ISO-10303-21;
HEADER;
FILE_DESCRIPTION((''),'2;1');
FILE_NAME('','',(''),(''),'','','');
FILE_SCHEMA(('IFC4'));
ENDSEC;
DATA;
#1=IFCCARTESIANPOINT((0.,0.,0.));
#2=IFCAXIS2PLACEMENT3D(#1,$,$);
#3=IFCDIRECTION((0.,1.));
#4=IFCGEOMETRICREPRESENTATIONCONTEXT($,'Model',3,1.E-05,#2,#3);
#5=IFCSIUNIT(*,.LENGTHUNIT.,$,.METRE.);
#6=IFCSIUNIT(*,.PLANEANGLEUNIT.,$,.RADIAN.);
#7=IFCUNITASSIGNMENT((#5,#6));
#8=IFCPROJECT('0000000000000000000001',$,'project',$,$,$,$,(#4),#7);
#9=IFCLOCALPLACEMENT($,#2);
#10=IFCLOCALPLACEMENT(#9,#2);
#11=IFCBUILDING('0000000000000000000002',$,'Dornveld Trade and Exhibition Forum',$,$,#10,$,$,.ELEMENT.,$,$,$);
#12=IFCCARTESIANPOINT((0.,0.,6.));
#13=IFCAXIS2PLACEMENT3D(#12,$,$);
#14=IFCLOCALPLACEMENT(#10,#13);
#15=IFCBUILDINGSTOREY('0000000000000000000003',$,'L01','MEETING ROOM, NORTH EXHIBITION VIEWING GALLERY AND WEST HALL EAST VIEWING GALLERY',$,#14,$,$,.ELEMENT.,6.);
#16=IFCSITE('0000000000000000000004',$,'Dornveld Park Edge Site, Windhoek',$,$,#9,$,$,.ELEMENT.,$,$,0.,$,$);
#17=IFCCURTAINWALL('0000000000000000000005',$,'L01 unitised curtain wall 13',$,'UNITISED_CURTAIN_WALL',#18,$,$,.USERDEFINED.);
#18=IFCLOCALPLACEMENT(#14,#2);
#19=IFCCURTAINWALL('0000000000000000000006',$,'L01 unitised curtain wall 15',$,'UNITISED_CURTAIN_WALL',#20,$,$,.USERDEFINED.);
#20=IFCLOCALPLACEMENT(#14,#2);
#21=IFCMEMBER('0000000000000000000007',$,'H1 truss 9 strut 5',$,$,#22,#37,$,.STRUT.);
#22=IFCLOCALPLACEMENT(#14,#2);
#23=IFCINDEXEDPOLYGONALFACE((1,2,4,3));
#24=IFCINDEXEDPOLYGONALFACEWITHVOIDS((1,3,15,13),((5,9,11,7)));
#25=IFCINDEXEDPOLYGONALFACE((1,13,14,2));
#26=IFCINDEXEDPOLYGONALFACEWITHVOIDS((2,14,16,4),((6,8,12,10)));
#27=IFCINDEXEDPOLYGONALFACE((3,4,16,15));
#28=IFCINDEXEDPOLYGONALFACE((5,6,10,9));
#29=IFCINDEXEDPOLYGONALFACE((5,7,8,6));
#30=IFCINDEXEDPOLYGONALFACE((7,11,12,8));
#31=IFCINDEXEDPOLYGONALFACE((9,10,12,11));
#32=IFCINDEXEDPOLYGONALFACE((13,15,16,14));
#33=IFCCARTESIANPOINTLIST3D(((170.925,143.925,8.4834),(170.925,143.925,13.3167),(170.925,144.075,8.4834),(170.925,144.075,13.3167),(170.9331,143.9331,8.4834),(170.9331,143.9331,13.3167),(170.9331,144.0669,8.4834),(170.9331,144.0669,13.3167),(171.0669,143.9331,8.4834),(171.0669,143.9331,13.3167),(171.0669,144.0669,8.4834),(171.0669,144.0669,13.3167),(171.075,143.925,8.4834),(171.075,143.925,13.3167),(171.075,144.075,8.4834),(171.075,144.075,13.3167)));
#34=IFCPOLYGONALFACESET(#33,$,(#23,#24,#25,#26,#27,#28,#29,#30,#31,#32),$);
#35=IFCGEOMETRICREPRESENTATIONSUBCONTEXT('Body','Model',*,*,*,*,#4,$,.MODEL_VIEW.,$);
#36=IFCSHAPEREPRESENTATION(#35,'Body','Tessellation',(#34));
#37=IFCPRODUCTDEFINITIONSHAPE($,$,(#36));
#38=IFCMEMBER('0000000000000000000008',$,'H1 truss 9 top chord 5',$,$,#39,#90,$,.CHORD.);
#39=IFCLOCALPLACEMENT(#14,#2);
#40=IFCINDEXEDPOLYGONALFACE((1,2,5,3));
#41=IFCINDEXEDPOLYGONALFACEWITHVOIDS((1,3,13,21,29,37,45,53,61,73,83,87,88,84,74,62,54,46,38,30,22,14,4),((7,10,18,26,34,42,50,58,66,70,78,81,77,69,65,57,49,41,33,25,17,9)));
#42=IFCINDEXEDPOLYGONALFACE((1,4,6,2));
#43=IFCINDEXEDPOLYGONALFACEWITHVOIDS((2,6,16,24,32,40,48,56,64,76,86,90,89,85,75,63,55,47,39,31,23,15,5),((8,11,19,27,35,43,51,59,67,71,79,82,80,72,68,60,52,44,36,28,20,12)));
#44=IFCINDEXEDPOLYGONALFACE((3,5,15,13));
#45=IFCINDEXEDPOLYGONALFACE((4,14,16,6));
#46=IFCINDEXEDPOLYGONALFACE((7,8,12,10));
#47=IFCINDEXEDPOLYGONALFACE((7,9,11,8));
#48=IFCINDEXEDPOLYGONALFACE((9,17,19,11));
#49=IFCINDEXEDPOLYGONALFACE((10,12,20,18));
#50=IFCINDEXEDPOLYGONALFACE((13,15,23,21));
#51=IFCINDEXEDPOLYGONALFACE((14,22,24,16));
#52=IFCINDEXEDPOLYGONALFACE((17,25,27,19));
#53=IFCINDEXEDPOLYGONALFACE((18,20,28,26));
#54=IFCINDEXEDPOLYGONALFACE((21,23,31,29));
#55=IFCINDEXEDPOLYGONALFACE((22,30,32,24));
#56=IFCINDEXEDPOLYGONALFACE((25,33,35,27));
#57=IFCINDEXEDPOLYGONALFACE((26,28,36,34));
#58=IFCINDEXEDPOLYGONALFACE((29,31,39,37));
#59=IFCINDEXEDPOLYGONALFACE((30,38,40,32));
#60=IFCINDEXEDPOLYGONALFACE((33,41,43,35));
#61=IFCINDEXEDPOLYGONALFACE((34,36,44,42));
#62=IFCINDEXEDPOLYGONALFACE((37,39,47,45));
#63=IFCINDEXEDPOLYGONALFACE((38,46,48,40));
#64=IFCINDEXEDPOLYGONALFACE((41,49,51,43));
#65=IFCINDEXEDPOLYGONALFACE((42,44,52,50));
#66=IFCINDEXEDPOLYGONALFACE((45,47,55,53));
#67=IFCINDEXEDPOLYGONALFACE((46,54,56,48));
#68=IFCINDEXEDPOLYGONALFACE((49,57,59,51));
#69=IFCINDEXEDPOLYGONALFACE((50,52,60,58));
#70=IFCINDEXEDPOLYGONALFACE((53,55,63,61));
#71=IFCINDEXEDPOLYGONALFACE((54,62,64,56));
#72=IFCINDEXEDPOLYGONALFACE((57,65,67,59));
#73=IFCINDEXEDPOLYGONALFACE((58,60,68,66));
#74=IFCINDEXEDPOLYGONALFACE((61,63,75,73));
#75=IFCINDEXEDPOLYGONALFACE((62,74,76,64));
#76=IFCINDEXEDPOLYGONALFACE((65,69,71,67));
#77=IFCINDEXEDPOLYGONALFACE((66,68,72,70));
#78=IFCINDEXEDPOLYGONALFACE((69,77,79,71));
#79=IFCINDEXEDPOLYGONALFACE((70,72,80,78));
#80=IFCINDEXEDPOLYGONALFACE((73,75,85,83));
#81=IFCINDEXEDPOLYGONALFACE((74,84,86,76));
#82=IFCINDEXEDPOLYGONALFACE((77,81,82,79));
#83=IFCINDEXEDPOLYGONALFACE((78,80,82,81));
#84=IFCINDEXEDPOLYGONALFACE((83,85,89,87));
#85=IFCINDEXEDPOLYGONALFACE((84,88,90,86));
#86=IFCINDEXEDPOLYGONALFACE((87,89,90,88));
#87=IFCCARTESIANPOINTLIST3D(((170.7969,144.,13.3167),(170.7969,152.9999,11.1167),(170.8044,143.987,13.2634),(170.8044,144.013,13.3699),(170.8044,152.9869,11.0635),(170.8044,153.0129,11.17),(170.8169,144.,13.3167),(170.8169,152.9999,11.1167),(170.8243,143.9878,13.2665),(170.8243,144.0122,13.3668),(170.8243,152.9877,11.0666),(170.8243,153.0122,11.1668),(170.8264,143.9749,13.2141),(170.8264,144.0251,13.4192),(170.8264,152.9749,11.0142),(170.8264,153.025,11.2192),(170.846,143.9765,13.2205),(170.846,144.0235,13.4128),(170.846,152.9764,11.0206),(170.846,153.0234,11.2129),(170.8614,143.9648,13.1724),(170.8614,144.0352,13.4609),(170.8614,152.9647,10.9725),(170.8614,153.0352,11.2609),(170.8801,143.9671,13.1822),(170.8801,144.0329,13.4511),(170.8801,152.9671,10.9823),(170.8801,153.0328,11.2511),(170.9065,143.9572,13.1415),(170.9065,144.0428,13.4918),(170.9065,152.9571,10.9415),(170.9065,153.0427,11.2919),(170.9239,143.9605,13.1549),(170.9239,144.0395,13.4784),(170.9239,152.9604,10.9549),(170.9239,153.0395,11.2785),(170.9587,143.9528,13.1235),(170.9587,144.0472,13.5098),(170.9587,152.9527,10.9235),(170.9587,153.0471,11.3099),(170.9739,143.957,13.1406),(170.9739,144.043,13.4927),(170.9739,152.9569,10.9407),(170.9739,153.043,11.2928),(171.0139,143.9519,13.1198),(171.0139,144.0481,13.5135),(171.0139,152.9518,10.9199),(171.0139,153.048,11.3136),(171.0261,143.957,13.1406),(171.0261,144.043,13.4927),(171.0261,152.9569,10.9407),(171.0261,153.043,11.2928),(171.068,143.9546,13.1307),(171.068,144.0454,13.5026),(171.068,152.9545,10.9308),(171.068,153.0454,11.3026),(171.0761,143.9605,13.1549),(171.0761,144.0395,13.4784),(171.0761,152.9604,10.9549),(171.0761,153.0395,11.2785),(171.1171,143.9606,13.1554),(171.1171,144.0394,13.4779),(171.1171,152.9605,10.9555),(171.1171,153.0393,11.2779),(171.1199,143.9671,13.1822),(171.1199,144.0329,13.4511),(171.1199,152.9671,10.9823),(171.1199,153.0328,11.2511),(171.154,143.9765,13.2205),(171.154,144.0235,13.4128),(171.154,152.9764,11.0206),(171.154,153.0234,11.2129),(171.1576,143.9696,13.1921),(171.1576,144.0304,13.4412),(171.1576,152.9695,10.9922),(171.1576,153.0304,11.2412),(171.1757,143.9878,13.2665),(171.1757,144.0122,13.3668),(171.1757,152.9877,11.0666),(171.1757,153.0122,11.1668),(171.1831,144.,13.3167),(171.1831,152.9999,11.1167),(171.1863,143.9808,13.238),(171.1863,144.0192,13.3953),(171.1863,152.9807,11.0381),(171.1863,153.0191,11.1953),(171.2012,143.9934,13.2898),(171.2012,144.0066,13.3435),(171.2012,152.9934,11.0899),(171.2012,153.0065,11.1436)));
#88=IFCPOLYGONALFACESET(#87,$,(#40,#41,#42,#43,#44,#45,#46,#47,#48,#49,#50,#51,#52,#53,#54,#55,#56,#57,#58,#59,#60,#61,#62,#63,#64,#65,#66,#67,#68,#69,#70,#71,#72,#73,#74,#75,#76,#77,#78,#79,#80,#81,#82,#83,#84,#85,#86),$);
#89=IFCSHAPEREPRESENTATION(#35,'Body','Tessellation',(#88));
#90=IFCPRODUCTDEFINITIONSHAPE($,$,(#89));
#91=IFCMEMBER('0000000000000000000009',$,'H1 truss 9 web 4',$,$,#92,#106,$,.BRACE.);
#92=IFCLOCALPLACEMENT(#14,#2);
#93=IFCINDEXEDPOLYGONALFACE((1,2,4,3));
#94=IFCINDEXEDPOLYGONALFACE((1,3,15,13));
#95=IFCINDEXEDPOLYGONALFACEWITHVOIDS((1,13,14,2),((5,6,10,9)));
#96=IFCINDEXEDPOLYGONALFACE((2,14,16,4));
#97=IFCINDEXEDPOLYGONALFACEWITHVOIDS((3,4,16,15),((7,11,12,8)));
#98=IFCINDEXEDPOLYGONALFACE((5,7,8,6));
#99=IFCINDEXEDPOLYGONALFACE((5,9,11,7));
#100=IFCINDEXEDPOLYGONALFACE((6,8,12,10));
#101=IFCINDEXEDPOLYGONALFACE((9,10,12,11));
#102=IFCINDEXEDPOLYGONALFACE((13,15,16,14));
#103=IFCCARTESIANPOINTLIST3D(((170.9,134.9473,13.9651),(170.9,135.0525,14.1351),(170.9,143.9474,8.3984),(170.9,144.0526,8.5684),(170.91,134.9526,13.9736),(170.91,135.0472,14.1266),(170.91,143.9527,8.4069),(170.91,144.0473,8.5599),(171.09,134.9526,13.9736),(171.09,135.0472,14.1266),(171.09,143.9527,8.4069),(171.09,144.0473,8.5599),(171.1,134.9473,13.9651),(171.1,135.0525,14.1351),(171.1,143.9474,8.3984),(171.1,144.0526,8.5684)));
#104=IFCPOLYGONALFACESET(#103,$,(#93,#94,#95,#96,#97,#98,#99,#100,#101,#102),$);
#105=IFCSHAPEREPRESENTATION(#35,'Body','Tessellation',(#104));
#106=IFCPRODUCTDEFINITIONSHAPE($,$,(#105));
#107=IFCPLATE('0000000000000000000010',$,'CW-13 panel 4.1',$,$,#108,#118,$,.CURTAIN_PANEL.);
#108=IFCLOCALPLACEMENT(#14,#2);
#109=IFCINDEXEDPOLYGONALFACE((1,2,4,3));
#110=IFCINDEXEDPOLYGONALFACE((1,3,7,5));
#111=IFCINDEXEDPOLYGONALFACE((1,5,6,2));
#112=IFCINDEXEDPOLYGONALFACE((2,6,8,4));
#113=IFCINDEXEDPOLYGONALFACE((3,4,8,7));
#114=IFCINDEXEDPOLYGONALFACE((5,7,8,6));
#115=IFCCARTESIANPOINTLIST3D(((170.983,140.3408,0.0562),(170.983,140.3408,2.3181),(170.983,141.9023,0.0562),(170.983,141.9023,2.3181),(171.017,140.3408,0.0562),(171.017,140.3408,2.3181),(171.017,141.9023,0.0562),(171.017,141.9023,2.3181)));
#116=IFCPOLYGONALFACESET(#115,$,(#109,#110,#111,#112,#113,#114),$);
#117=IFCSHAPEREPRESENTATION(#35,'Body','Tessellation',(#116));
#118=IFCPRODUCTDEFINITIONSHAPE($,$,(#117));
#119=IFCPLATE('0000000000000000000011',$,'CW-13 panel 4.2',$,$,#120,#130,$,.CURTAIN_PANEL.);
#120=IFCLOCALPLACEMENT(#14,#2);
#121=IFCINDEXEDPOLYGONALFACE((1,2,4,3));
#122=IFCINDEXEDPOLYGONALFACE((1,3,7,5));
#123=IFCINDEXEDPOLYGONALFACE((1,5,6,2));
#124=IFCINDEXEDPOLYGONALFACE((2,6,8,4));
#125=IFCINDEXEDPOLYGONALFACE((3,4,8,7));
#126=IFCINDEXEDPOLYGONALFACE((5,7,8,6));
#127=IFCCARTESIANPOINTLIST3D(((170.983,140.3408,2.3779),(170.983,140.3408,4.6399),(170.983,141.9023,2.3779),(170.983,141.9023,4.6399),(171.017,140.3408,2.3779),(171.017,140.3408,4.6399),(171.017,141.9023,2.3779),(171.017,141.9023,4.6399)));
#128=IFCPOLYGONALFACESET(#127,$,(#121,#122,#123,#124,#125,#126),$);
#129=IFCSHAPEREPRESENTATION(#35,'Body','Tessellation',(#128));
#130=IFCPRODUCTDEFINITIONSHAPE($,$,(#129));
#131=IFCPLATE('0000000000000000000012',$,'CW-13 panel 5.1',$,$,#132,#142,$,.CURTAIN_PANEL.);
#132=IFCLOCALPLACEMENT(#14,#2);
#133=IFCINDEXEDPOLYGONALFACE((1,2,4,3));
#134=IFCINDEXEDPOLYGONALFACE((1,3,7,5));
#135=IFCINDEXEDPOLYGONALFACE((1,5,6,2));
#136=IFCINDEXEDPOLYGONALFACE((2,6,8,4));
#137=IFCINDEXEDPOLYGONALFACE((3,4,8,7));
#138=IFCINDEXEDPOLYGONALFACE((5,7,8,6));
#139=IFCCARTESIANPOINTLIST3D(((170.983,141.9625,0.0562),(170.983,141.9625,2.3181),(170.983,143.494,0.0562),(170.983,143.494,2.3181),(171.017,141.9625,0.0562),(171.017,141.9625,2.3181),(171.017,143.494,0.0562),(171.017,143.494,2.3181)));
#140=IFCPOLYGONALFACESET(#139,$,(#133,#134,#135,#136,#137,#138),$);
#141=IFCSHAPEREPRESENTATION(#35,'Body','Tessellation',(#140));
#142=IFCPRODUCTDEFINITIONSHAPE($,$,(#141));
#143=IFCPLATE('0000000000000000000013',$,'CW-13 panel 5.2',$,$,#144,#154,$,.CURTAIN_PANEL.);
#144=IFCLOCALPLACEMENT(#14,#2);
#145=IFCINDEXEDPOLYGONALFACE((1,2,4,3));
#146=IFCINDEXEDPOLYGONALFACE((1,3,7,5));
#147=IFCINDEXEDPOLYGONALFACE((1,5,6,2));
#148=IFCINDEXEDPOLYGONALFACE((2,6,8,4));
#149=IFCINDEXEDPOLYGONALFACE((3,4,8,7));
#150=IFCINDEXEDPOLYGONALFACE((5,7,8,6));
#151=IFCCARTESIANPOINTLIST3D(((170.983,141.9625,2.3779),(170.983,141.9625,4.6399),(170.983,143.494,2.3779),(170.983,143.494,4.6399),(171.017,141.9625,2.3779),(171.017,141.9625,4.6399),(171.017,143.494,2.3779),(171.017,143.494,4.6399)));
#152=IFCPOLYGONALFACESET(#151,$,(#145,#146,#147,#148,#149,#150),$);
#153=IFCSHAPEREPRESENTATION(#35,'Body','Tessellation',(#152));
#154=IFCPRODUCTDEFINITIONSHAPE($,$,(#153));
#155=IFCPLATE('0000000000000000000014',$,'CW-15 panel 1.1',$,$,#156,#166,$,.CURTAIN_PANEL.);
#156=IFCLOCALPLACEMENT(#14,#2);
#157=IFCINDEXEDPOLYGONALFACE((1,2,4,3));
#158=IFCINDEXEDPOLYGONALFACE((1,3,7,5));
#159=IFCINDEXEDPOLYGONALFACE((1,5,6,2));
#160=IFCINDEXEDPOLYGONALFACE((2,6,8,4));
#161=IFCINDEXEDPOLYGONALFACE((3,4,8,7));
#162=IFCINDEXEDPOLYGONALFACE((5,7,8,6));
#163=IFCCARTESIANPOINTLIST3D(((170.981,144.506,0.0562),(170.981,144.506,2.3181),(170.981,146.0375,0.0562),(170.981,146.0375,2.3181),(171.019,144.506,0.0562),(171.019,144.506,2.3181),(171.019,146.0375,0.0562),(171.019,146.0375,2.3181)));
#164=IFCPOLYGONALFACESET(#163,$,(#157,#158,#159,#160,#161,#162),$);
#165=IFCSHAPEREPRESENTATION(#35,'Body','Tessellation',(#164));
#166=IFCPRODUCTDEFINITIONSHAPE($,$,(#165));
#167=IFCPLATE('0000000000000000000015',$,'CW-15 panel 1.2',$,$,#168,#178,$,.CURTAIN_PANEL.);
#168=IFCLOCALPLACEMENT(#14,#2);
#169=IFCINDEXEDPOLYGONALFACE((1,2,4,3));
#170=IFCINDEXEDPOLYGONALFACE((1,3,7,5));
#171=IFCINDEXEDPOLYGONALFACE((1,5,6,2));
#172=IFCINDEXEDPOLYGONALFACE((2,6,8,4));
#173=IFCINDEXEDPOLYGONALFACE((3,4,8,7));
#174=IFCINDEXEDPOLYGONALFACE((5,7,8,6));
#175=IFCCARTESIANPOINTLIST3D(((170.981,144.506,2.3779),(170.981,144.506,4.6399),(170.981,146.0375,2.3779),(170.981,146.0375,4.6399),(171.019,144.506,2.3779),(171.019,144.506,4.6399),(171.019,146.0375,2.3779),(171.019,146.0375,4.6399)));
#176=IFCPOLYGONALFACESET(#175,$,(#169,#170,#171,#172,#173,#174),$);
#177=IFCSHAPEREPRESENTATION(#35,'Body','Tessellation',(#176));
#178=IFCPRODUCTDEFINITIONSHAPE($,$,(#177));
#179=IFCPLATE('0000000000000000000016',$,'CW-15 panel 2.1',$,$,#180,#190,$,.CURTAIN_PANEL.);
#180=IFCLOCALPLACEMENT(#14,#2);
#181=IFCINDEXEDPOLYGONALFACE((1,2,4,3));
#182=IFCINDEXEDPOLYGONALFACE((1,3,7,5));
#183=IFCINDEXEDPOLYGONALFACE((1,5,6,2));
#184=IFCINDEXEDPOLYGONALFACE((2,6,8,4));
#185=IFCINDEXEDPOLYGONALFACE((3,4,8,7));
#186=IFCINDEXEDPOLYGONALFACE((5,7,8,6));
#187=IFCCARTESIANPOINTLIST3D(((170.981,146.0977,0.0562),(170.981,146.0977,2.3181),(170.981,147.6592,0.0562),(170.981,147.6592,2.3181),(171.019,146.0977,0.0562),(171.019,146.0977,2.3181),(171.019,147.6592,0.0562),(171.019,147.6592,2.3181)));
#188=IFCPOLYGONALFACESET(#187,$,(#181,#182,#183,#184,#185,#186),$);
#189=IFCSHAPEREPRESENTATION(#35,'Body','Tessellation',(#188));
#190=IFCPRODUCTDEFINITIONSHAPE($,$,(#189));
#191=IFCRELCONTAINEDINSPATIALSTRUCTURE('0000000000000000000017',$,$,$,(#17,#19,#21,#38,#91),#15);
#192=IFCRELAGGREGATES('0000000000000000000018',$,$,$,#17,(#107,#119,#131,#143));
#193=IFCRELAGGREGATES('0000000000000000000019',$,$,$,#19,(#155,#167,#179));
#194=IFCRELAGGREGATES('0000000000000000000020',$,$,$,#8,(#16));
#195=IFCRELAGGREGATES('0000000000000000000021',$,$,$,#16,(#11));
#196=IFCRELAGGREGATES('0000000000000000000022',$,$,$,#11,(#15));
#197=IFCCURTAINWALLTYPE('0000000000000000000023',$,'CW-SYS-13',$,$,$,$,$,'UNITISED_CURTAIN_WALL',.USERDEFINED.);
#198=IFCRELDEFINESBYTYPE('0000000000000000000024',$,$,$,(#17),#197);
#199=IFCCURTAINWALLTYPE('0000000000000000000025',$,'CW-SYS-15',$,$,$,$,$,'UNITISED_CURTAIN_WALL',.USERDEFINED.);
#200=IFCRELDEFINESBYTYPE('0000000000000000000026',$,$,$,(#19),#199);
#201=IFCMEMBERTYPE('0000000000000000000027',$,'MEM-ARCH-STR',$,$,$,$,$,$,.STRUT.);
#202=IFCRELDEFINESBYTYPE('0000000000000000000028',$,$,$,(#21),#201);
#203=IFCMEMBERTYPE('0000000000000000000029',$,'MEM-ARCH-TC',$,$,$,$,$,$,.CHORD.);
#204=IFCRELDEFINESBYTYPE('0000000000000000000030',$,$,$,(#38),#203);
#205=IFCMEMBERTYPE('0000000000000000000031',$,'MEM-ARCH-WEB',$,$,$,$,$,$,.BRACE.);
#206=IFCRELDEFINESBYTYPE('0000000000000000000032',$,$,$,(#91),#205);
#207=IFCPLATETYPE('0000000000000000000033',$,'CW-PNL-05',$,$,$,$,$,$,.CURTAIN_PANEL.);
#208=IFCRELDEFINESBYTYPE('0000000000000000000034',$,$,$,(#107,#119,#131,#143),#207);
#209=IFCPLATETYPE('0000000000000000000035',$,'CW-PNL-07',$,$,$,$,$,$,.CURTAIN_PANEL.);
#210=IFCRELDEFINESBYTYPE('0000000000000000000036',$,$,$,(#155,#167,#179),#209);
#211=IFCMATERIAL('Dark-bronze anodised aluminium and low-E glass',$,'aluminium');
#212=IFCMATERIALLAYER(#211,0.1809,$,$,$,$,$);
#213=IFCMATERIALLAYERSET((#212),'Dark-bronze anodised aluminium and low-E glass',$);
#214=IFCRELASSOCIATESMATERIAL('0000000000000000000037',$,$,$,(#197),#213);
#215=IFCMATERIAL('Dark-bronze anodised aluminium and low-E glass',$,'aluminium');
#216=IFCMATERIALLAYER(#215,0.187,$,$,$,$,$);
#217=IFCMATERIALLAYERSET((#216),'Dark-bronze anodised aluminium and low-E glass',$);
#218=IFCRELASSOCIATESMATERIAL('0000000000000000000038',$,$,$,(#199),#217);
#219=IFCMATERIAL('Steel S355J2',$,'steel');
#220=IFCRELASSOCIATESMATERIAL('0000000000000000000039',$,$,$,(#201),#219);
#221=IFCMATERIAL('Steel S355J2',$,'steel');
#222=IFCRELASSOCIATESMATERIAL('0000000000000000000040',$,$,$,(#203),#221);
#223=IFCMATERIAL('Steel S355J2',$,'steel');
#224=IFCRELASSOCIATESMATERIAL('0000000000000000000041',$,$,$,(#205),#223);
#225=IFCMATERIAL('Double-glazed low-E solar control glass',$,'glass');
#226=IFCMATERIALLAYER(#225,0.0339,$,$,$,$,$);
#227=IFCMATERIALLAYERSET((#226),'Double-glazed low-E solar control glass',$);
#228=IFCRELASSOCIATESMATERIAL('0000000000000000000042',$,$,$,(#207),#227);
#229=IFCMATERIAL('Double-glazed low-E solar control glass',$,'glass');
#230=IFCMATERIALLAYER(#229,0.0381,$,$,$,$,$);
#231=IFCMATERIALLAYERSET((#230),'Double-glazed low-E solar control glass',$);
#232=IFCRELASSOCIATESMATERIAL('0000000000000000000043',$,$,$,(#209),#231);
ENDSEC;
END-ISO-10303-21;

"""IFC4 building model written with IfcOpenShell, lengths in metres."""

from ifc_helpers import new_model, si_unit, direction, frame, origin, origin_2d, place, context, subcontext, project, spatial, rectangle, hollow_rectangle, hollow_circle, extrude, material, layer, layer_set, material_profile, profile_set, type_object, element, aggregate, save


model = new_model("IFC4")

# Units and contexts
model_context = context("Model", 3, precision=1e-05, world=origin(), true_north=direction((0.0, 1.0)))
body_context = subcontext(model_context, "Body", "Model", "MODEL_VIEW")
ifc_project = project(units=[si_unit("LENGTHUNIT", "METRE"), si_unit("PLANEANGLEUNIT", "RADIAN")], contexts=[model_context])

# Site, building, storey
site_placement = place(None, origin())
site = spatial("IfcSite", under=ifc_project, at=site_placement, Name="Dornveld Park Edge Site, Windhoek", CompositionType="ELEMENT", RefElevation=0.0)
building_placement = place(site_placement, origin())
building = spatial("IfcBuilding", under=site, at=building_placement, Name="Dornveld Trade and Exhibition Forum", CompositionType="ELEMENT")
storey_placement = place(building_placement, frame((0.0, 0.0, 6.0)))
storey = spatial("IfcBuildingStorey", under=building, at=storey_placement, Name="L01", Description="MEETING ROOM, NORTH EXHIBITION VIEWING GALLERY AND WEST HALL EAST VIEWING GALLERY", CompositionType="ELEMENT", Elevation=6.0)

# Curtain walls
ifc_material_1 = material(Name="Dark-bronze anodised aluminium and low-E glass", Category="aluminium")
ifc_layer_1 = layer(ifc_material_1, 0.1809)
ifc_layer_set_1 = layer_set([ifc_layer_1], Name="Dark-bronze anodised aluminium and low-E glass")
curtain_wall_type_1 = type_object("IfcCurtainWallType", Name="CW-SYS-13", ElementType="UNITISED_CURTAIN_WALL", PredefinedType="USERDEFINED", material=ifc_layer_set_1)
curtain_wall_1_placement = place(storey_placement, origin())
curtain_wall_1 = element("IfcCurtainWall", 1, at=curtain_wall_1_placement, inside=storey, type_object=curtain_wall_type_1, Name="L01 unitised curtain wall 13", ObjectType="UNITISED_CURTAIN_WALL", PredefinedType="USERDEFINED")
ifc_material_2 = material(Name="Dark-bronze anodised aluminium and low-E glass", Category="aluminium")
ifc_layer_2 = layer(ifc_material_2, 0.187)
ifc_layer_set_2 = layer_set([ifc_layer_2], Name="Dark-bronze anodised aluminium and low-E glass")
curtain_wall_type_2 = type_object("IfcCurtainWallType", Name="CW-SYS-15", ElementType="UNITISED_CURTAIN_WALL", PredefinedType="USERDEFINED", material=ifc_layer_set_2)
curtain_wall_2_placement = place(storey_placement, origin())
curtain_wall_2 = element("IfcCurtainWall", 2, at=curtain_wall_2_placement, inside=storey, type_object=curtain_wall_type_2, Name="L01 unitised curtain wall 15", ObjectType="UNITISED_CURTAIN_WALL", PredefinedType="USERDEFINED")

# Members
ifc_material_3 = material(Name="Steel S355J2", Category="steel")
ifc_material_profile_1 = material_profile(ifc_material_3, hollow_rectangle(XDim=0.1499, YDim=0.1499, WallThickness=0.0081, at=origin_2d()), Name="SHS 150x150x8")
ifc_profile_set_1 = profile_set([ifc_material_profile_1], Name="Steel S355J2")
member_type_1 = type_object("IfcMemberType", Name="MEM-ARCH-STR", PredefinedType="STRUT", material=ifc_profile_set_1)
member_1_placement = place(storey_placement, frame((171.0, 144.0, 8.4834), z_axis=(0.0, 0.0, 1.0), x_axis=(1.0, 0.0, 0.0)))
element("IfcMember", 3, at=member_1_placement, inside=storey, type_object=member_type_1, Name="H1 truss 9 strut 5", PredefinedType="STRUT", context=body_context, shape_type="SweptSolid", body=[
    extrude(hollow_rectangle(XDim=0.1499, YDim=0.1499, WallThickness=0.0081, at=origin_2d()), origin(), (0.0, 0.0, 1.0), 4.8333),
])
ifc_material_4 = material(Name="Steel S355J2", Category="steel")
ifc_material_profile_2 = material_profile(ifc_material_4, hollow_circle(Radius=0.2031, WallThickness=0.02, at=origin_2d()), Name="CHS 406.4x20")
ifc_profile_set_2 = profile_set([ifc_material_profile_2], Name="Steel S355J2")
member_type_2 = type_object("IfcMemberType", Name="MEM-ARCH-TC", PredefinedType="CHORD", material=ifc_profile_set_2)
member_2_placement = place(storey_placement, frame((171.0, 144.0, 13.3167), z_axis=(0.0, 0.9714, -0.237448), x_axis=(-1.0, 0.0, 0.0)))
element("IfcMember", 4, at=member_2_placement, inside=storey, type_object=member_type_2, Name="H1 truss 9 top chord 5", PredefinedType="CHORD", context=body_context, shape_type="SweptSolid", body=[
    extrude(hollow_circle(Radius=0.2031, WallThickness=0.02, at=origin_2d()), origin(), (0.0, 0.0, 1.0), 9.2649),
])
ifc_material_5 = material(Name="Steel S355J2", Category="steel")
ifc_material_profile_3 = material_profile(ifc_material_5, hollow_rectangle(XDim=0.2, YDim=0.2, WallThickness=0.01, at=origin_2d()), Name="SHS 200x200x10")
ifc_profile_set_3 = profile_set([ifc_material_profile_3], Name="Steel S355J2")
member_type_3 = type_object("IfcMemberType", Name="MEM-ARCH-WEB", PredefinedType="BRACE", material=ifc_profile_set_3)
member_3_placement = place(storey_placement, frame((171.0, 144.0, 8.4834), z_axis=(0.0, -0.850467, 0.526028), x_axis=(1.0, 0.0, 0.0)))
element("IfcMember", 5, at=member_3_placement, inside=storey, type_object=member_type_3, Name="H1 truss 9 web 4", PredefinedType="BRACE", context=body_context, shape_type="SweptSolid", body=[
    extrude(hollow_rectangle(XDim=0.2, YDim=0.2, WallThickness=0.01, at=origin_2d()), origin(), (0.0, 0.0, 1.0), 10.5825),
])

# Plates
ifc_material_6 = material(Name="Double-glazed low-E solar control glass", Category="glass")
ifc_layer_3 = layer(ifc_material_6, 0.0339)
ifc_layer_set_3 = layer_set([ifc_layer_3], Name="Double-glazed low-E solar control glass")
plate_type_1 = type_object("IfcPlateType", Name="CW-PNL-05", PredefinedType="CURTAIN_PANEL", material=ifc_layer_set_3)
plate_1_placement = place(storey_placement, frame((171.0, 141.1216, 0.0562), z_axis=(0.0, 0.0, 1.0), x_axis=(0.0, 1.0, 0.0)))
plate_1 = element("IfcPlate", 6, at=plate_1_placement, type_object=plate_type_1, Name="CW-13 panel 4.1", PredefinedType="CURTAIN_PANEL", context=body_context, shape_type="SweptSolid", body=[
    extrude(rectangle(XDim=1.5615, YDim=0.0339, at=origin_2d()), origin(), (0.0, 0.0, 1.0), 2.262),
])
plate_2_placement = place(storey_placement, frame((171.0, 141.1216, 2.3779), z_axis=(0.0, 0.0, 1.0), x_axis=(0.0, 1.0, 0.0)))
plate_2 = element("IfcPlate", 7, at=plate_2_placement, type_object=plate_type_1, Name="CW-13 panel 4.2", PredefinedType="CURTAIN_PANEL", context=body_context, shape_type="SweptSolid", body=[
    extrude(rectangle(XDim=1.5615, YDim=0.0339, at=origin_2d()), origin(), (0.0, 0.0, 1.0), 2.262),
])
plate_3_placement = place(storey_placement, frame((171.0, 142.7283, 0.0562), z_axis=(0.0, 0.0, 1.0), x_axis=(0.0, 1.0, 0.0)))
plate_3 = element("IfcPlate", 8, at=plate_3_placement, type_object=plate_type_1, Name="CW-13 panel 5.1", PredefinedType="CURTAIN_PANEL", context=body_context, shape_type="SweptSolid", body=[
    extrude(rectangle(XDim=1.5315, YDim=0.0339, at=origin_2d()), origin(), (0.0, 0.0, 1.0), 2.262),
])
plate_4_placement = place(storey_placement, frame((171.0, 142.7283, 2.3779), z_axis=(0.0, 0.0, 1.0), x_axis=(0.0, 1.0, 0.0)))
plate_4 = element("IfcPlate", 9, at=plate_4_placement, type_object=plate_type_1, Name="CW-13 panel 5.2", PredefinedType="CURTAIN_PANEL", context=body_context, shape_type="SweptSolid", body=[
    extrude(rectangle(XDim=1.5315, YDim=0.0339, at=origin_2d()), origin(), (0.0, 0.0, 1.0), 2.262),
])
aggregate(curtain_wall_1, [plate_1, plate_2, plate_3, plate_4])
ifc_material_7 = material(Name="Double-glazed low-E solar control glass", Category="glass")
ifc_layer_4 = layer(ifc_material_7, 0.0381)
ifc_layer_set_4 = layer_set([ifc_layer_4], Name="Double-glazed low-E solar control glass")
plate_type_2 = type_object("IfcPlateType", Name="CW-PNL-07", PredefinedType="CURTAIN_PANEL", material=ifc_layer_set_4)
plate_5_placement = place(storey_placement, frame((171.0, 145.2717, 0.0562), z_axis=(0.0, 0.0, 1.0), x_axis=(0.0, 1.0, 0.0)))
plate_5 = element("IfcPlate", 10, at=plate_5_placement, type_object=plate_type_2, Name="CW-15 panel 1.1", PredefinedType="CURTAIN_PANEL", context=body_context, shape_type="SweptSolid", body=[
    extrude(rectangle(XDim=1.5315, YDim=0.0381, at=origin_2d()), origin(), (0.0, 0.0, 1.0), 2.262),
])
plate_6_placement = place(storey_placement, frame((171.0, 145.2717, 2.3779), z_axis=(0.0, 0.0, 1.0), x_axis=(0.0, 1.0, 0.0)))
plate_6 = element("IfcPlate", 11, at=plate_6_placement, type_object=plate_type_2, Name="CW-15 panel 1.2", PredefinedType="CURTAIN_PANEL", context=body_context, shape_type="SweptSolid", body=[
    extrude(rectangle(XDim=1.5315, YDim=0.0381, at=origin_2d()), origin(), (0.0, 0.0, 1.0), 2.262),
])
plate_7_placement = place(storey_placement, frame((171.0, 146.8784, 0.0562), z_axis=(0.0, 0.0, 1.0), x_axis=(0.0, 1.0, 0.0)))
plate_7 = element("IfcPlate", 12, at=plate_7_placement, type_object=plate_type_2, Name="CW-15 panel 2.1", PredefinedType="CURTAIN_PANEL", context=body_context, shape_type="SweptSolid", body=[
    extrude(rectangle(XDim=1.5615, YDim=0.0381, at=origin_2d()), origin(), (0.0, 0.0, 1.0), 2.262),
])
aggregate(curtain_wall_2, [plate_5, plate_6, plate_7])

save(model, "model.ifc")
